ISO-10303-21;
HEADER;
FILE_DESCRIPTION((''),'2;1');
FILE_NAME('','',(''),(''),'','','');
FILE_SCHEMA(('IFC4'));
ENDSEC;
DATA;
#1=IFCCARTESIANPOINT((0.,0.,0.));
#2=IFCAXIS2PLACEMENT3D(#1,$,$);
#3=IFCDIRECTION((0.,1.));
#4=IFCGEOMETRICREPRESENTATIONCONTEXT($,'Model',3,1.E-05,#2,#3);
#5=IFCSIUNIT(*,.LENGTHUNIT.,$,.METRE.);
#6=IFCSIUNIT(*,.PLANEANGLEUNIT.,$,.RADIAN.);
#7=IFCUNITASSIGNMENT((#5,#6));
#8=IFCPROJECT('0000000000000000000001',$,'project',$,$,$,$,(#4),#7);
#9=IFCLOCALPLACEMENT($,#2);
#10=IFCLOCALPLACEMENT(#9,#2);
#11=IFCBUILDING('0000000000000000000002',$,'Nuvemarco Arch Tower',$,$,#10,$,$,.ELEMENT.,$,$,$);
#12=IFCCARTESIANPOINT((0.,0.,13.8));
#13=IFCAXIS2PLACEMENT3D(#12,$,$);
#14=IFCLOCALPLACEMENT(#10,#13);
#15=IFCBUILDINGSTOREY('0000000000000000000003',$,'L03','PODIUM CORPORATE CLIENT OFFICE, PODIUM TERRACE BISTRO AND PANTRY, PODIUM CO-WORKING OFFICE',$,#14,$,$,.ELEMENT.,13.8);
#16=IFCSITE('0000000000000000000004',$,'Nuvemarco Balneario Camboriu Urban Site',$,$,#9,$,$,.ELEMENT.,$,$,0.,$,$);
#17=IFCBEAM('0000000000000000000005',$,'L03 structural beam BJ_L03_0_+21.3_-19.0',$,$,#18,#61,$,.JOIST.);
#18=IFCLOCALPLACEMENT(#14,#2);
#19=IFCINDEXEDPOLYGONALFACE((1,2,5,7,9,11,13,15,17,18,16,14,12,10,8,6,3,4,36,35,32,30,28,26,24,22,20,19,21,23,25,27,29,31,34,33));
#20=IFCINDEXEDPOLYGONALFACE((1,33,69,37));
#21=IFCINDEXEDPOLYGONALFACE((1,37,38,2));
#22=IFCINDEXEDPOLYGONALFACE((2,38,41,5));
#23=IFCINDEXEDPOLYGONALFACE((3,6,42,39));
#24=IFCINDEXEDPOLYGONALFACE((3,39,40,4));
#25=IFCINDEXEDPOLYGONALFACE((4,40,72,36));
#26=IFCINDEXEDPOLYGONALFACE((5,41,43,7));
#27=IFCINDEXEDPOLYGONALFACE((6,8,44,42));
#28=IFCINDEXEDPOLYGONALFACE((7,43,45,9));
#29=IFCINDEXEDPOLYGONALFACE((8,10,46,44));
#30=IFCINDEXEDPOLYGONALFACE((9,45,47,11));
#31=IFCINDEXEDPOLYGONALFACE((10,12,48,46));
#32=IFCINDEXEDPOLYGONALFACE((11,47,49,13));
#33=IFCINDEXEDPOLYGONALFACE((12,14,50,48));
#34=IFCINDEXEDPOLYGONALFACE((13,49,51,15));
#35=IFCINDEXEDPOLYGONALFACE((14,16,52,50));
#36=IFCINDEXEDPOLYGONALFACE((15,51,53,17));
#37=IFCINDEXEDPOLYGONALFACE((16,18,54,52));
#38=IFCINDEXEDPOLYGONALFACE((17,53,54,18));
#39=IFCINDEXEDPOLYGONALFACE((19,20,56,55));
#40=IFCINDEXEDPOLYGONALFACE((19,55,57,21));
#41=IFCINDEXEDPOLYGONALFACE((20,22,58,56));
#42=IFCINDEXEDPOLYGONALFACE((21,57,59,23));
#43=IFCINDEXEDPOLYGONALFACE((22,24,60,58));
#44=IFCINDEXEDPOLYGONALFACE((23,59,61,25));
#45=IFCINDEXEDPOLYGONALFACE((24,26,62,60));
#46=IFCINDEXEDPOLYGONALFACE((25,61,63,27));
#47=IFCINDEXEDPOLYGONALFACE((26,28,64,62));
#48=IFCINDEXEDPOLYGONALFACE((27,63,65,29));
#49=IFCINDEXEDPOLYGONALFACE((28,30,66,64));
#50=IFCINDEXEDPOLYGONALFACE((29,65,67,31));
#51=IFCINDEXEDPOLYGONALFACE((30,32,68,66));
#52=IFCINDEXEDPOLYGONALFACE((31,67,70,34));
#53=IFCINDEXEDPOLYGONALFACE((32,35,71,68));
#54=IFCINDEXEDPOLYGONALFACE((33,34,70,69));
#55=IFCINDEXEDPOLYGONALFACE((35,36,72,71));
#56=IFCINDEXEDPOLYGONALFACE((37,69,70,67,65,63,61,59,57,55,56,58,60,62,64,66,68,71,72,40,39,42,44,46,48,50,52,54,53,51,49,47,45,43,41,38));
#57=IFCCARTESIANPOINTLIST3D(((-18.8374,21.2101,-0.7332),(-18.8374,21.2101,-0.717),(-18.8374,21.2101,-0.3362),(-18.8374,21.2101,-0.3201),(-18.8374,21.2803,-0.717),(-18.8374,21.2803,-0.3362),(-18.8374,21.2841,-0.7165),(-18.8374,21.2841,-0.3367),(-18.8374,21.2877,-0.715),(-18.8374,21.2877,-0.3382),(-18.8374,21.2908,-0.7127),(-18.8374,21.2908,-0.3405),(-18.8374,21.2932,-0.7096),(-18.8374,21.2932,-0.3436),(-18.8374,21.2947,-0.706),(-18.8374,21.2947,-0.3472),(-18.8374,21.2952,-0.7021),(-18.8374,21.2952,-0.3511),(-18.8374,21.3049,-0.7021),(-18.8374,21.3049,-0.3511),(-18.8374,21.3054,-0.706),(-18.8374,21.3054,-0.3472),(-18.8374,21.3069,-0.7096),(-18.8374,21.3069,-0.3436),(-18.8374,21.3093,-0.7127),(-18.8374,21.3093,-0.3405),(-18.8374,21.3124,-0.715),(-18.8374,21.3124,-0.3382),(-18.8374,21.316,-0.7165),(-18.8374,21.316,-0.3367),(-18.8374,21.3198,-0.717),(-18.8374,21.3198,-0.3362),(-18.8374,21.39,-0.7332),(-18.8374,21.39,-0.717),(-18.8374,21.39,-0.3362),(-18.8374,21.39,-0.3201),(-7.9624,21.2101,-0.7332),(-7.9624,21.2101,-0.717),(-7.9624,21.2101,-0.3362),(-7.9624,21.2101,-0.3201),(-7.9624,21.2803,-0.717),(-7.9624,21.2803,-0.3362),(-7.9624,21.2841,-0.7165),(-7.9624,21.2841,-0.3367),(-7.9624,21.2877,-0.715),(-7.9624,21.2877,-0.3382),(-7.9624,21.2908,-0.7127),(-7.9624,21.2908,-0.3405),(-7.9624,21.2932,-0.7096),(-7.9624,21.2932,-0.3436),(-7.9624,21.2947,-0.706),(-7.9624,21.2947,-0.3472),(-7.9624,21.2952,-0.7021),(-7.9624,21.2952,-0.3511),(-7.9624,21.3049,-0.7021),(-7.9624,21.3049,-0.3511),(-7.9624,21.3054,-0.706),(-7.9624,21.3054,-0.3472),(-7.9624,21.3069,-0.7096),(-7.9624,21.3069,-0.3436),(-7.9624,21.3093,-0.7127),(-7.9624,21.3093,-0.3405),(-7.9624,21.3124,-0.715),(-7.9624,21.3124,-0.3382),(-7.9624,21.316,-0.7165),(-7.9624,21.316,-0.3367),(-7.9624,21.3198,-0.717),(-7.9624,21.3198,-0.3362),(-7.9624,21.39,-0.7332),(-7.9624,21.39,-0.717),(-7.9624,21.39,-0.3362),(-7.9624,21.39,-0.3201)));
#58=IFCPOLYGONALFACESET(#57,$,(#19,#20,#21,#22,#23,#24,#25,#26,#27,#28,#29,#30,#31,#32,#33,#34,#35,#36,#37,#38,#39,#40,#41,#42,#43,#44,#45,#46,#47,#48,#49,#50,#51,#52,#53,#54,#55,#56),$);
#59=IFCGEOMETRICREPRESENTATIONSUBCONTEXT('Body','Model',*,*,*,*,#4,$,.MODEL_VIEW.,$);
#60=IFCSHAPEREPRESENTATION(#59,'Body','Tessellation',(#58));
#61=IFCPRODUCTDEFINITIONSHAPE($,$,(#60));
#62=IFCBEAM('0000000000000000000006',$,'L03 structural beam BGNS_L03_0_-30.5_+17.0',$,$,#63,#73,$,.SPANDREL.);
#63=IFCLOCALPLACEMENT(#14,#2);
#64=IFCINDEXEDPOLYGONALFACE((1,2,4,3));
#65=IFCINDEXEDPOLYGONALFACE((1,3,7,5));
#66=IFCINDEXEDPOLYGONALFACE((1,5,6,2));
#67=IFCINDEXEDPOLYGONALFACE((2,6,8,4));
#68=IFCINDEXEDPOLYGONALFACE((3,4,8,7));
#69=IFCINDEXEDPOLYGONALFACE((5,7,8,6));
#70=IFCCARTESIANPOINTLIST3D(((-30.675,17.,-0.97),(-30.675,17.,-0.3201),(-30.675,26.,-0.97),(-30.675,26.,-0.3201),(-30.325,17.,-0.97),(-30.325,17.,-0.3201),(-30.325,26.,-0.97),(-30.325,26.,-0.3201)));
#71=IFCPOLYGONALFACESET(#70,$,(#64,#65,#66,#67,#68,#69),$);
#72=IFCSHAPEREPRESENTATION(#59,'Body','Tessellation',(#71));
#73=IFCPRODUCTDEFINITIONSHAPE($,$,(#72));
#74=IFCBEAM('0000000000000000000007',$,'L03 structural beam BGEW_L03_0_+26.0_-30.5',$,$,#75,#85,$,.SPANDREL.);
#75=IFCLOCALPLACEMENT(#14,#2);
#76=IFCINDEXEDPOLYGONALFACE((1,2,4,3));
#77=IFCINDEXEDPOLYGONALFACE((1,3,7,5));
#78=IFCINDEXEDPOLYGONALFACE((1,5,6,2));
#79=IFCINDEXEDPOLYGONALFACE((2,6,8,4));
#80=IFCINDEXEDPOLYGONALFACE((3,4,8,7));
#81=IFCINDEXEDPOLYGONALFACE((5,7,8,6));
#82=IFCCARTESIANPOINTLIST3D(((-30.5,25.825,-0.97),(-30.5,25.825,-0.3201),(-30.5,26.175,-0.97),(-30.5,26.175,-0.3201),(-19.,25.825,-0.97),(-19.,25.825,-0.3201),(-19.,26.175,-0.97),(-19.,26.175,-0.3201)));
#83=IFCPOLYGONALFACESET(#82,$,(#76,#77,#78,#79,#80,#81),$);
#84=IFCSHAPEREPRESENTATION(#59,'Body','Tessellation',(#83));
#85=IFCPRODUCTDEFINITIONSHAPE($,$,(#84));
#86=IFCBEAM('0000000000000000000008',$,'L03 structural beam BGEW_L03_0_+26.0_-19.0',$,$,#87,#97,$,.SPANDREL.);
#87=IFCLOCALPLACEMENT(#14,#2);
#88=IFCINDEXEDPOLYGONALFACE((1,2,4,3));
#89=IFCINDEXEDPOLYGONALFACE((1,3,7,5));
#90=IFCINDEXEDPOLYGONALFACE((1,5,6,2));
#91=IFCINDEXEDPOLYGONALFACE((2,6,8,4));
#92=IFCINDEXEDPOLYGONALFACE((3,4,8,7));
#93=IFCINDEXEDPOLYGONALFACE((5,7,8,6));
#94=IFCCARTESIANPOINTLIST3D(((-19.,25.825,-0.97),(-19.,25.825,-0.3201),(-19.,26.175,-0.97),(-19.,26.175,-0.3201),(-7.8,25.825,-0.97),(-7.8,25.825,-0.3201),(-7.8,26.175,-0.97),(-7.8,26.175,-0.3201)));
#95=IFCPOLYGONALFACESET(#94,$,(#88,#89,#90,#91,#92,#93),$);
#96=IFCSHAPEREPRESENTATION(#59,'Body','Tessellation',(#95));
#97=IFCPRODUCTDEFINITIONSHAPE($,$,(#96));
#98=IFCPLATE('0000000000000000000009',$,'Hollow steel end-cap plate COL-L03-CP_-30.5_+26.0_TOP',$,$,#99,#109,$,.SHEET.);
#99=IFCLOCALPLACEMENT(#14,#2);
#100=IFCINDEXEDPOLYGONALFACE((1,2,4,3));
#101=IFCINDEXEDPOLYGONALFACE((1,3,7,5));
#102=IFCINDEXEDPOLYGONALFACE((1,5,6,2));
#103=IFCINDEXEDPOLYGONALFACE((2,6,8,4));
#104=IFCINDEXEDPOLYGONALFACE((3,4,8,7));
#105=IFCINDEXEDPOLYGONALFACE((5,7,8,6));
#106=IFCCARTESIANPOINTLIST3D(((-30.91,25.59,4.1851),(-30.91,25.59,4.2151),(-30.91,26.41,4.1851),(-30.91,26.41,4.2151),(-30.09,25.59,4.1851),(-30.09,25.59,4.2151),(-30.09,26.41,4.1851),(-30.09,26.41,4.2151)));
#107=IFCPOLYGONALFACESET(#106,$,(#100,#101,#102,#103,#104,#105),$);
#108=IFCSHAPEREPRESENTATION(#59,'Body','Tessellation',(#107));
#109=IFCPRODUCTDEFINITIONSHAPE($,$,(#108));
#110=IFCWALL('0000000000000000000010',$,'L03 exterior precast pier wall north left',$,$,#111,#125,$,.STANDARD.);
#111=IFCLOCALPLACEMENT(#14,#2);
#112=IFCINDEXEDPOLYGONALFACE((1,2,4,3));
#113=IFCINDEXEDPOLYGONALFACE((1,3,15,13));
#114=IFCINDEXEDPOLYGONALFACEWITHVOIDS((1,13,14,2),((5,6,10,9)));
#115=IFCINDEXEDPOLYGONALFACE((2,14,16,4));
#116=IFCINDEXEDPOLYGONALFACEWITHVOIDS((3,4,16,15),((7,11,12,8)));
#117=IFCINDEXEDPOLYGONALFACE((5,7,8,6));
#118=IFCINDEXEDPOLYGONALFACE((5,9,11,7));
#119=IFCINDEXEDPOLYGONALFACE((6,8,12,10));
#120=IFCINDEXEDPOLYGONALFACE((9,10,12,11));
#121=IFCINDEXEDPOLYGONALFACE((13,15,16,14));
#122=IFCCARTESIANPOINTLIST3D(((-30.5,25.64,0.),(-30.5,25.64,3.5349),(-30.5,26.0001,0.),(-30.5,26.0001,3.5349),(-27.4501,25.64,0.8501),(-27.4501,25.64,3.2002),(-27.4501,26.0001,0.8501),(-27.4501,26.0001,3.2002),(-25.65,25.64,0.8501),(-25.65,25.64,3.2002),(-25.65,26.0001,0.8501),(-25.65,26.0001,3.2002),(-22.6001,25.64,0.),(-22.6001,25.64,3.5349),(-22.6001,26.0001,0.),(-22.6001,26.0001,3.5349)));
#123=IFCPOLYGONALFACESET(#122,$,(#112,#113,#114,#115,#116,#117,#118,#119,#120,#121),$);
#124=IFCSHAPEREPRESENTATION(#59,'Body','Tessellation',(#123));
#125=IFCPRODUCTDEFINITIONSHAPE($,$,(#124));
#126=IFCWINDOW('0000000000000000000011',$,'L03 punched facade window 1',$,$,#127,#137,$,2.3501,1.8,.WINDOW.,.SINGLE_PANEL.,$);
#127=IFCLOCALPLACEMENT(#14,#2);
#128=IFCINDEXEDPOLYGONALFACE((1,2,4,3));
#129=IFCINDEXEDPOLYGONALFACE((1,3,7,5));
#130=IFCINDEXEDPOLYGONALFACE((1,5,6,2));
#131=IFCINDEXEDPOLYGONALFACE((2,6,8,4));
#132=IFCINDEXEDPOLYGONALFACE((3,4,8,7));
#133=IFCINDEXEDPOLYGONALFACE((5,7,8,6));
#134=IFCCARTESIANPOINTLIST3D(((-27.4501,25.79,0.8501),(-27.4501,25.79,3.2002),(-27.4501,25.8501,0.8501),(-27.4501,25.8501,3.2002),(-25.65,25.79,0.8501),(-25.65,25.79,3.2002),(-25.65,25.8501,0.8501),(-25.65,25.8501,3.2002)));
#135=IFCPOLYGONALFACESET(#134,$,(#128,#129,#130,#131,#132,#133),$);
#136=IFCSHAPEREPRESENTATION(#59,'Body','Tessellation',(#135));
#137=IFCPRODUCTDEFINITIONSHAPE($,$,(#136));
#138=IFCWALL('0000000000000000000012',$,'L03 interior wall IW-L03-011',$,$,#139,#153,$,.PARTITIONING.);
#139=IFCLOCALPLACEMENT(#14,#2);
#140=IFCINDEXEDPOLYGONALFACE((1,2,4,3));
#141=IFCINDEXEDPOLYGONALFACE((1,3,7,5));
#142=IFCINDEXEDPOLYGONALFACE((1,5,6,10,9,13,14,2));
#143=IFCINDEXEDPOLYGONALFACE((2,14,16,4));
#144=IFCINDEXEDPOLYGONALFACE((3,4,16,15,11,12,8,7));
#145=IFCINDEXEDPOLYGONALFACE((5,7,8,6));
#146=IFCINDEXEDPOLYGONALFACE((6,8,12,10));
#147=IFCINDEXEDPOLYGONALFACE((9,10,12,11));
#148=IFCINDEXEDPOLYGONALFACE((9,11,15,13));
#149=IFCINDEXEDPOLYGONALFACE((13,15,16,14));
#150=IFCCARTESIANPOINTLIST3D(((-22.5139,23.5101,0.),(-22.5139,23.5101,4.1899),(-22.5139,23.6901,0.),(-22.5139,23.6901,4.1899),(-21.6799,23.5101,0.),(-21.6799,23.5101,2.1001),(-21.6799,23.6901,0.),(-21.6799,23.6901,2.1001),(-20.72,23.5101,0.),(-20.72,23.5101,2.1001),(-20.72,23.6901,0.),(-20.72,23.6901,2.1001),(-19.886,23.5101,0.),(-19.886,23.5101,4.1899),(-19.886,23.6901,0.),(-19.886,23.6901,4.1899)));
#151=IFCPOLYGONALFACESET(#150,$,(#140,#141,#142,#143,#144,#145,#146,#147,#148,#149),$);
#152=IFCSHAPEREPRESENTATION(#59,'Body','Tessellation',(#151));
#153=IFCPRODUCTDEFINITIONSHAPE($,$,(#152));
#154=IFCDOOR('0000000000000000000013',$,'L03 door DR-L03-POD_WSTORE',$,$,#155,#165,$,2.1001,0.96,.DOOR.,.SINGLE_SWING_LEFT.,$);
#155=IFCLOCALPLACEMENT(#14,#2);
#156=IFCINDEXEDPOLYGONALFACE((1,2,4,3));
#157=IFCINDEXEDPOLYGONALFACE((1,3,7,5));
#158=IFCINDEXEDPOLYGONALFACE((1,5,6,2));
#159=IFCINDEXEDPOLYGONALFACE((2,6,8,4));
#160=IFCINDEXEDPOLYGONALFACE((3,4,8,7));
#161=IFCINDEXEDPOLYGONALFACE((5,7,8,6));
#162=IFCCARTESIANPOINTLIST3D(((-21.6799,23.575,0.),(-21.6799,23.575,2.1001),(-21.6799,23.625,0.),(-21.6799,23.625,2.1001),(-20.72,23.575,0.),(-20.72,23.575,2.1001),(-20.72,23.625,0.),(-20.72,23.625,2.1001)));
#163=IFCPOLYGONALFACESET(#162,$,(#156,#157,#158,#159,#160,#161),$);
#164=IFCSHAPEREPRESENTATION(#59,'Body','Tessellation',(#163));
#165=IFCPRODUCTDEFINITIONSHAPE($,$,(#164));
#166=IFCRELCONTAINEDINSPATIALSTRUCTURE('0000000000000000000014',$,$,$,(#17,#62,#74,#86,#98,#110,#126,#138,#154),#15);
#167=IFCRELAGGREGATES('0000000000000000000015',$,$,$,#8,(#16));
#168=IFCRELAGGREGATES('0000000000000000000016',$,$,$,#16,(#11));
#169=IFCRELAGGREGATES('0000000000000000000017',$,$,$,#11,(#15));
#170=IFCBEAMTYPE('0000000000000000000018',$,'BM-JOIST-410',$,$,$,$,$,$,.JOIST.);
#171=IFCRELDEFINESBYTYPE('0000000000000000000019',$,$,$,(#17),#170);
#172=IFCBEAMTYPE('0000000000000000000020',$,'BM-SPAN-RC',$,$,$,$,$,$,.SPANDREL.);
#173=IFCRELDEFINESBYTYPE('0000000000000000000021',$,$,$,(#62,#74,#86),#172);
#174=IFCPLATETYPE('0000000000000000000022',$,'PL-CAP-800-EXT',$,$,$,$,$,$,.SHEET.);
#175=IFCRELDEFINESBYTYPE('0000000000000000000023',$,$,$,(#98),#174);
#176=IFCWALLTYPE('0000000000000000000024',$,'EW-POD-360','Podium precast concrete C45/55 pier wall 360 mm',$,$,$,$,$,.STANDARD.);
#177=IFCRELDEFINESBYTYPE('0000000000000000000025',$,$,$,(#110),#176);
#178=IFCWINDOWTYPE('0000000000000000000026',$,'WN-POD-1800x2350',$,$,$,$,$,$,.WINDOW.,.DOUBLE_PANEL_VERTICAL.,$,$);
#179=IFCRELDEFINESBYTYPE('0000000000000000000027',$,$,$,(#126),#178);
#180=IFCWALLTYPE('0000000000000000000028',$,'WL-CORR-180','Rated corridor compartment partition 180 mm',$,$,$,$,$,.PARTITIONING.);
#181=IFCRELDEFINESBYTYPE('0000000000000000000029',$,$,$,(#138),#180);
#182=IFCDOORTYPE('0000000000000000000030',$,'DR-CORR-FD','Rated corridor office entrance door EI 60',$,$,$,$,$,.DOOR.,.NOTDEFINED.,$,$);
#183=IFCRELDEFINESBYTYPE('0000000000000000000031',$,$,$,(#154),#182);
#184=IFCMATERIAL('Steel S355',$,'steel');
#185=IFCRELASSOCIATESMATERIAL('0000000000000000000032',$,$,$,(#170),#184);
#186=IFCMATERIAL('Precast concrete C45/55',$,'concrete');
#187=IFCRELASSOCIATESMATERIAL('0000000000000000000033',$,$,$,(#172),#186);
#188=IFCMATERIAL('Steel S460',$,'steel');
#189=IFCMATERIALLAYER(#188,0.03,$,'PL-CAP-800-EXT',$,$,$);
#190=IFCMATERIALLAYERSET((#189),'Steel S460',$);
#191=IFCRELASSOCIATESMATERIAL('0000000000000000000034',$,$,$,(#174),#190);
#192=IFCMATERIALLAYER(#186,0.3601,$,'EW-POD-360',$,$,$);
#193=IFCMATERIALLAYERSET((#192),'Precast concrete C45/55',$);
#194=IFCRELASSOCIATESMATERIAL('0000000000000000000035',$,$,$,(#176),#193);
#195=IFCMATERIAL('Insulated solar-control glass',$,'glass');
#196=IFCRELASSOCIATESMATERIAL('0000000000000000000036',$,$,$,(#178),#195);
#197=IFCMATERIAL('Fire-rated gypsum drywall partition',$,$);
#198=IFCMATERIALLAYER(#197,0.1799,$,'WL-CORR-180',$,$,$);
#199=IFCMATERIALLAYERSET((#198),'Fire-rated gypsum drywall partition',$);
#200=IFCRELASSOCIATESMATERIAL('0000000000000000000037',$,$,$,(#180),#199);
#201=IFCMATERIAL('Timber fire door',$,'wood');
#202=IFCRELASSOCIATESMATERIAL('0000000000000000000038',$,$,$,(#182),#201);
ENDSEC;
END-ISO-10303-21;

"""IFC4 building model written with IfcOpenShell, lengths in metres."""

from ifc_helpers import new_model, si_unit, direction, frame, frame_2d, origin, origin_2d, place, context, subcontext, project, spatial, rectangle, i_section, extrude, source, transform, mapped, material, layer, layer_set, material_profile, profile_set, type_object, type_shapes, element, fill, save


model = new_model("IFC4")

# Units and contexts
model_context = context("Model", 3, precision=1e-05, world=origin(), true_north=direction((0.0, 1.0)))
body_context = subcontext(model_context, "Body", "Model", "MODEL_VIEW")
ifc_project = project(units=[si_unit("LENGTHUNIT", "METRE"), si_unit("PLANEANGLEUNIT", "RADIAN")], contexts=[model_context])

# Site, building, storey
site_placement = place(None, origin())
site = spatial("IfcSite", under=ifc_project, at=site_placement, Name="Nuvemarco Balneario Camboriu Urban Site", CompositionType="ELEMENT", RefElevation=0.0)
building_placement = place(site_placement, origin())
building = spatial("IfcBuilding", under=site, at=building_placement, Name="Nuvemarco Arch Tower", CompositionType="ELEMENT")
storey_placement = place(building_placement, frame((0.0, 0.0, 13.8)))
storey = spatial("IfcBuildingStorey", under=building, at=storey_placement, Name="L03", Description="PODIUM CORPORATE CLIENT OFFICE, PODIUM TERRACE BISTRO AND PANTRY, PODIUM CO-WORKING OFFICE", CompositionType="ELEMENT", Elevation=13.8)

# Shared definitions
ifc_material_1 = material(Name="Steel S460", Category="steel")

# Beams
ifc_material_2 = material(Name="Steel S355", Category="steel")
ifc_material_profile_1 = material_profile(ifc_material_2, i_section(OverallWidth=0.1799, OverallDepth=0.4131, WebThickness=0.0098, FlangeThickness=0.0161, FilletRadius=0.0149, at=origin_2d()), Name="W410x75")
ifc_profile_set_1 = profile_set([ifc_material_profile_1], Name="Steel S355")
beam_type_1 = type_object("IfcBeamType", Name="BM-JOIST-410", PredefinedType="JOIST", material=ifc_profile_set_1)
beam_1_placement = place(storey_placement, frame((-18.8374, 21.3, -0.5266), z_axis=(1.0, 0.0, 0.0), x_axis=(0.0, 1.0, 0.0)))
element("IfcBeam", 1, at=beam_1_placement, inside=storey, type_object=beam_type_1, Name="L03 structural beam BJ_L03_0_+21.3_-19.0", PredefinedType="JOIST", context=body_context, shape_type="SweptSolid", body=[
    extrude(i_section(OverallWidth=0.1799, OverallDepth=0.4131, WebThickness=0.0098, FlangeThickness=0.0161, FilletRadius=0.0149, at=origin_2d()), origin(), (0.0, 0.0, 1.0), 10.875),
])
ifc_material_3 = material(Name="Precast concrete C45/55", Category="concrete")
ifc_material_profile_2 = material_profile(ifc_material_3, rectangle(XDim=0.3501, YDim=0.6499, at=origin_2d()), Name="PC-SP-350x650")
ifc_profile_set_2 = profile_set([ifc_material_profile_2], Name="Precast concrete C45/55")
beam_type_2 = type_object("IfcBeamType", Name="BM-SPAN-RC", PredefinedType="SPANDREL", material=ifc_profile_set_2)
beam_2_placement = place(storey_placement, frame((-30.5, 17.0, -0.645), z_axis=(0.0, 1.0, 0.0), x_axis=(-1.0, 0.0, 0.0)))
element("IfcBeam", 2, at=beam_2_placement, inside=storey, type_object=beam_type_2, Name="L03 structural beam BGNS_L03_0_-30.5_+17.0", PredefinedType="SPANDREL", context=body_context, shape_type="SweptSolid", body=[
    extrude(rectangle(XDim=0.3501, YDim=0.6499, at=origin_2d()), origin(), (0.0, 0.0, 1.0), 9.0),
])
beam_3_placement = place(storey_placement, frame((-30.5, 26.0, -0.645), z_axis=(1.0, 0.0, 0.0), x_axis=(0.0, 1.0, 0.0)))
element("IfcBeam", 3, at=beam_3_placement, inside=storey, type_object=beam_type_2, Name="L03 structural beam BGEW_L03_0_+26.0_-30.5", PredefinedType="SPANDREL", context=body_context, shape_type="SweptSolid", body=[
    extrude(rectangle(XDim=0.3501, YDim=0.6499, at=origin_2d()), origin(), (0.0, 0.0, 1.0), 11.5),
])
beam_4_placement = place(storey_placement, frame((-19.0, 26.0, -0.645), z_axis=(1.0, 0.0, 0.0), x_axis=(0.0, 1.0, 0.0)))
element("IfcBeam", 4, at=beam_4_placement, inside=storey, type_object=beam_type_2, Name="L03 structural beam BGEW_L03_0_+26.0_-19.0", PredefinedType="SPANDREL", context=body_context, shape_type="SweptSolid", body=[
    extrude(rectangle(XDim=0.3501, YDim=0.6499, at=origin_2d()), origin(), (0.0, 0.0, 1.0), 11.2),
])

# Plate
ifc_layer_1 = layer(ifc_material_1, 0.03, Name="PL-CAP-800-EXT")
ifc_layer_set_1 = layer_set([ifc_layer_1], Name="Steel S460")
plate_type_1 = type_object("IfcPlateType", Name="PL-CAP-800-EXT", PredefinedType="SHEET", material=ifc_layer_set_1)
shared_shape_1 = source(origin(), body_context, "Body", "SweptSolid", [
    extrude(rectangle(XDim=0.8201, YDim=0.8201, at=origin_2d()), origin(), (0.0, 0.0, 1.0), 0.03),
])
type_shapes(plate_type_1, [shared_shape_1])
plate_1_placement = place(storey_placement, frame((-30.5, 26.0, 4.1851), z_axis=(0.0, 0.0, 1.0), x_axis=(1.0, 0.0, 0.0)))
element("IfcPlate", 5, at=plate_1_placement, inside=storey, type_object=plate_type_1, Name="Hollow steel end-cap plate COL-L03-CP_-30.5_+26.0_TOP", PredefinedType="SHEET", context=body_context, shape_type="MappedRepresentation", body=[
    mapped(shared_shape_1, transform((0.0, 0.0, 0.0), scale=1.0)),
])
ifc_material_4 = material(Name="Insulated solar-control glass", Category="glass")

# Wall, opening, window
ifc_layer_2 = layer(ifc_material_3, 0.3601, Name="EW-POD-360")
ifc_layer_set_2 = layer_set([ifc_layer_2], Name="Precast concrete C45/55")
wall_type_1 = type_object("IfcWallType", Name="EW-POD-360", Description="Podium precast concrete C45/55 pier wall 360 mm", PredefinedType="STANDARD", material=ifc_layer_set_2)
wall_1_placement = place(storey_placement, frame((-30.5, 25.8201, 0.0), z_axis=(0.0, 0.0, 1.0), x_axis=(1.0, 0.0, 0.0)))
wall_1 = element("IfcWall", 6, at=wall_1_placement, inside=storey, type_object=wall_type_1, Name="L03 exterior precast pier wall north left", PredefinedType="STANDARD", context=body_context, shape_type="SweptSolid", body=[
    extrude(rectangle(XDim=7.8999, YDim=0.3601, at=frame_2d((3.95, 0.0))), origin(), (0.0, 0.0, 1.0), 3.5349),
])
opening_1_placement = place(wall_1_placement, frame((3.05, 0.0, 0.8501)))
opening_1 = element("IfcOpeningElement", 7, at=opening_1_placement, cuts=wall_1, PredefinedType="OPENING", context=body_context, shape_type="SweptSolid", body=[
    extrude(rectangle(XDim=1.8, YDim=2.3501, at=frame_2d((0.8999, 1.175))), frame((0.0, 0.1899, 0.0), z_axis=(0.0, -1.0, 0.0), x_axis=(1.0, 0.0, 0.0)), (0.0, 0.0, 1.0), 0.3801),
])
window_type = type_object("IfcWindowType", Name="WN-POD-1800x2350", PartitioningType="DOUBLE_PANEL_VERTICAL", PredefinedType="WINDOW", material=ifc_material_4)
shared_shape_2 = source(origin(), body_context, "Body", "SweptSolid", [
    extrude(rectangle(XDim=1.8, YDim=2.3501, at=frame_2d((0.8999, 1.175))), frame((0.0, 0.03, 0.0), z_axis=(0.0, -1.0, 0.0), x_axis=(1.0, 0.0, 0.0)), (0.0, 0.0, 1.0), 0.0601),
])
type_shapes(window_type, [shared_shape_2])
window_placement = place(opening_1_placement, origin())
window = element("IfcWindow", 8, at=window_placement, inside=storey, type_object=window_type, Name="L03 punched facade window 1", OverallHeight=2.3501, OverallWidth=1.8, PartitioningType="SINGLE_PANEL", PredefinedType="WINDOW", context=body_context, shape_type="MappedRepresentation", body=[
    mapped(shared_shape_2, transform((0.0, 0.0, 0.0), scale=1.0)),
])
fill(opening_1, window)

# Wall, opening, door
ifc_material_5 = material(Name="Fire-rated gypsum drywall partition")
ifc_layer_3 = layer(ifc_material_5, 0.1799, Name="WL-CORR-180")
ifc_layer_set_3 = layer_set([ifc_layer_3], Name="Fire-rated gypsum drywall partition")
wall_type_2 = type_object("IfcWallType", Name="WL-CORR-180", Description="Rated corridor compartment partition 180 mm", PredefinedType="PARTITIONING", material=ifc_layer_set_3)
wall_2_placement = place(storey_placement, frame((-22.5139, 23.6001, 0.0), z_axis=(0.0, 0.0, 1.0), x_axis=(1.0, 0.0, 0.0)))
wall_2 = element("IfcWall", 9, at=wall_2_placement, inside=storey, type_object=wall_type_2, Name="L03 interior wall IW-L03-011", PredefinedType="PARTITIONING", context=body_context, shape_type="SweptSolid", body=[
    extrude(rectangle(XDim=2.6279, YDim=0.1799, at=frame_2d((1.314, 0.0))), origin(), (0.0, 0.0, 1.0), 4.1899),
])
opening_2_placement = place(wall_2_placement, frame((0.834, 0.0, 0.0)))
opening_2 = element("IfcOpeningElement", 10, at=opening_2_placement, cuts=wall_2, PredefinedType="OPENING", context=body_context, shape_type="SweptSolid", body=[
    extrude(rectangle(XDim=0.96, YDim=2.1001, at=frame_2d((0.48, 1.05))), frame((0.0, 0.0999, 0.0), z_axis=(0.0, -1.0, 0.0), x_axis=(1.0, 0.0, 0.0)), (0.0, 0.0, 1.0), 0.2),
])
ifc_material_6 = material(Name="Timber fire door", Category="wood")
door_type = type_object("IfcDoorType", Name="DR-CORR-FD", Description="Rated corridor office entrance door EI 60", OperationType="NOTDEFINED", PredefinedType="DOOR", material=ifc_material_6)
shared_shape_3 = source(origin(), body_context, "Body", "SweptSolid", [
    extrude(rectangle(XDim=0.96, YDim=2.1001, at=frame_2d((0.48, 1.05))), frame((0.0, 0.0249, 0.0), z_axis=(0.0, -1.0, 0.0), x_axis=(1.0, 0.0, 0.0)), (0.0, 0.0, 1.0), 0.05),
])
type_shapes(door_type, [shared_shape_3])
door_placement = place(opening_2_placement, origin())
door = element("IfcDoor", 11, at=door_placement, inside=storey, type_object=door_type, Name="L03 door DR-L03-POD_WSTORE", OperationType="SINGLE_SWING_LEFT", OverallHeight=2.1001, OverallWidth=0.96, PredefinedType="DOOR", context=body_context, shape_type="MappedRepresentation", body=[
    mapped(shared_shape_3, transform((0.0, 0.0, 0.0), scale=1.0)),
])
fill(opening_2, door)

save(model, "model.ifc")
